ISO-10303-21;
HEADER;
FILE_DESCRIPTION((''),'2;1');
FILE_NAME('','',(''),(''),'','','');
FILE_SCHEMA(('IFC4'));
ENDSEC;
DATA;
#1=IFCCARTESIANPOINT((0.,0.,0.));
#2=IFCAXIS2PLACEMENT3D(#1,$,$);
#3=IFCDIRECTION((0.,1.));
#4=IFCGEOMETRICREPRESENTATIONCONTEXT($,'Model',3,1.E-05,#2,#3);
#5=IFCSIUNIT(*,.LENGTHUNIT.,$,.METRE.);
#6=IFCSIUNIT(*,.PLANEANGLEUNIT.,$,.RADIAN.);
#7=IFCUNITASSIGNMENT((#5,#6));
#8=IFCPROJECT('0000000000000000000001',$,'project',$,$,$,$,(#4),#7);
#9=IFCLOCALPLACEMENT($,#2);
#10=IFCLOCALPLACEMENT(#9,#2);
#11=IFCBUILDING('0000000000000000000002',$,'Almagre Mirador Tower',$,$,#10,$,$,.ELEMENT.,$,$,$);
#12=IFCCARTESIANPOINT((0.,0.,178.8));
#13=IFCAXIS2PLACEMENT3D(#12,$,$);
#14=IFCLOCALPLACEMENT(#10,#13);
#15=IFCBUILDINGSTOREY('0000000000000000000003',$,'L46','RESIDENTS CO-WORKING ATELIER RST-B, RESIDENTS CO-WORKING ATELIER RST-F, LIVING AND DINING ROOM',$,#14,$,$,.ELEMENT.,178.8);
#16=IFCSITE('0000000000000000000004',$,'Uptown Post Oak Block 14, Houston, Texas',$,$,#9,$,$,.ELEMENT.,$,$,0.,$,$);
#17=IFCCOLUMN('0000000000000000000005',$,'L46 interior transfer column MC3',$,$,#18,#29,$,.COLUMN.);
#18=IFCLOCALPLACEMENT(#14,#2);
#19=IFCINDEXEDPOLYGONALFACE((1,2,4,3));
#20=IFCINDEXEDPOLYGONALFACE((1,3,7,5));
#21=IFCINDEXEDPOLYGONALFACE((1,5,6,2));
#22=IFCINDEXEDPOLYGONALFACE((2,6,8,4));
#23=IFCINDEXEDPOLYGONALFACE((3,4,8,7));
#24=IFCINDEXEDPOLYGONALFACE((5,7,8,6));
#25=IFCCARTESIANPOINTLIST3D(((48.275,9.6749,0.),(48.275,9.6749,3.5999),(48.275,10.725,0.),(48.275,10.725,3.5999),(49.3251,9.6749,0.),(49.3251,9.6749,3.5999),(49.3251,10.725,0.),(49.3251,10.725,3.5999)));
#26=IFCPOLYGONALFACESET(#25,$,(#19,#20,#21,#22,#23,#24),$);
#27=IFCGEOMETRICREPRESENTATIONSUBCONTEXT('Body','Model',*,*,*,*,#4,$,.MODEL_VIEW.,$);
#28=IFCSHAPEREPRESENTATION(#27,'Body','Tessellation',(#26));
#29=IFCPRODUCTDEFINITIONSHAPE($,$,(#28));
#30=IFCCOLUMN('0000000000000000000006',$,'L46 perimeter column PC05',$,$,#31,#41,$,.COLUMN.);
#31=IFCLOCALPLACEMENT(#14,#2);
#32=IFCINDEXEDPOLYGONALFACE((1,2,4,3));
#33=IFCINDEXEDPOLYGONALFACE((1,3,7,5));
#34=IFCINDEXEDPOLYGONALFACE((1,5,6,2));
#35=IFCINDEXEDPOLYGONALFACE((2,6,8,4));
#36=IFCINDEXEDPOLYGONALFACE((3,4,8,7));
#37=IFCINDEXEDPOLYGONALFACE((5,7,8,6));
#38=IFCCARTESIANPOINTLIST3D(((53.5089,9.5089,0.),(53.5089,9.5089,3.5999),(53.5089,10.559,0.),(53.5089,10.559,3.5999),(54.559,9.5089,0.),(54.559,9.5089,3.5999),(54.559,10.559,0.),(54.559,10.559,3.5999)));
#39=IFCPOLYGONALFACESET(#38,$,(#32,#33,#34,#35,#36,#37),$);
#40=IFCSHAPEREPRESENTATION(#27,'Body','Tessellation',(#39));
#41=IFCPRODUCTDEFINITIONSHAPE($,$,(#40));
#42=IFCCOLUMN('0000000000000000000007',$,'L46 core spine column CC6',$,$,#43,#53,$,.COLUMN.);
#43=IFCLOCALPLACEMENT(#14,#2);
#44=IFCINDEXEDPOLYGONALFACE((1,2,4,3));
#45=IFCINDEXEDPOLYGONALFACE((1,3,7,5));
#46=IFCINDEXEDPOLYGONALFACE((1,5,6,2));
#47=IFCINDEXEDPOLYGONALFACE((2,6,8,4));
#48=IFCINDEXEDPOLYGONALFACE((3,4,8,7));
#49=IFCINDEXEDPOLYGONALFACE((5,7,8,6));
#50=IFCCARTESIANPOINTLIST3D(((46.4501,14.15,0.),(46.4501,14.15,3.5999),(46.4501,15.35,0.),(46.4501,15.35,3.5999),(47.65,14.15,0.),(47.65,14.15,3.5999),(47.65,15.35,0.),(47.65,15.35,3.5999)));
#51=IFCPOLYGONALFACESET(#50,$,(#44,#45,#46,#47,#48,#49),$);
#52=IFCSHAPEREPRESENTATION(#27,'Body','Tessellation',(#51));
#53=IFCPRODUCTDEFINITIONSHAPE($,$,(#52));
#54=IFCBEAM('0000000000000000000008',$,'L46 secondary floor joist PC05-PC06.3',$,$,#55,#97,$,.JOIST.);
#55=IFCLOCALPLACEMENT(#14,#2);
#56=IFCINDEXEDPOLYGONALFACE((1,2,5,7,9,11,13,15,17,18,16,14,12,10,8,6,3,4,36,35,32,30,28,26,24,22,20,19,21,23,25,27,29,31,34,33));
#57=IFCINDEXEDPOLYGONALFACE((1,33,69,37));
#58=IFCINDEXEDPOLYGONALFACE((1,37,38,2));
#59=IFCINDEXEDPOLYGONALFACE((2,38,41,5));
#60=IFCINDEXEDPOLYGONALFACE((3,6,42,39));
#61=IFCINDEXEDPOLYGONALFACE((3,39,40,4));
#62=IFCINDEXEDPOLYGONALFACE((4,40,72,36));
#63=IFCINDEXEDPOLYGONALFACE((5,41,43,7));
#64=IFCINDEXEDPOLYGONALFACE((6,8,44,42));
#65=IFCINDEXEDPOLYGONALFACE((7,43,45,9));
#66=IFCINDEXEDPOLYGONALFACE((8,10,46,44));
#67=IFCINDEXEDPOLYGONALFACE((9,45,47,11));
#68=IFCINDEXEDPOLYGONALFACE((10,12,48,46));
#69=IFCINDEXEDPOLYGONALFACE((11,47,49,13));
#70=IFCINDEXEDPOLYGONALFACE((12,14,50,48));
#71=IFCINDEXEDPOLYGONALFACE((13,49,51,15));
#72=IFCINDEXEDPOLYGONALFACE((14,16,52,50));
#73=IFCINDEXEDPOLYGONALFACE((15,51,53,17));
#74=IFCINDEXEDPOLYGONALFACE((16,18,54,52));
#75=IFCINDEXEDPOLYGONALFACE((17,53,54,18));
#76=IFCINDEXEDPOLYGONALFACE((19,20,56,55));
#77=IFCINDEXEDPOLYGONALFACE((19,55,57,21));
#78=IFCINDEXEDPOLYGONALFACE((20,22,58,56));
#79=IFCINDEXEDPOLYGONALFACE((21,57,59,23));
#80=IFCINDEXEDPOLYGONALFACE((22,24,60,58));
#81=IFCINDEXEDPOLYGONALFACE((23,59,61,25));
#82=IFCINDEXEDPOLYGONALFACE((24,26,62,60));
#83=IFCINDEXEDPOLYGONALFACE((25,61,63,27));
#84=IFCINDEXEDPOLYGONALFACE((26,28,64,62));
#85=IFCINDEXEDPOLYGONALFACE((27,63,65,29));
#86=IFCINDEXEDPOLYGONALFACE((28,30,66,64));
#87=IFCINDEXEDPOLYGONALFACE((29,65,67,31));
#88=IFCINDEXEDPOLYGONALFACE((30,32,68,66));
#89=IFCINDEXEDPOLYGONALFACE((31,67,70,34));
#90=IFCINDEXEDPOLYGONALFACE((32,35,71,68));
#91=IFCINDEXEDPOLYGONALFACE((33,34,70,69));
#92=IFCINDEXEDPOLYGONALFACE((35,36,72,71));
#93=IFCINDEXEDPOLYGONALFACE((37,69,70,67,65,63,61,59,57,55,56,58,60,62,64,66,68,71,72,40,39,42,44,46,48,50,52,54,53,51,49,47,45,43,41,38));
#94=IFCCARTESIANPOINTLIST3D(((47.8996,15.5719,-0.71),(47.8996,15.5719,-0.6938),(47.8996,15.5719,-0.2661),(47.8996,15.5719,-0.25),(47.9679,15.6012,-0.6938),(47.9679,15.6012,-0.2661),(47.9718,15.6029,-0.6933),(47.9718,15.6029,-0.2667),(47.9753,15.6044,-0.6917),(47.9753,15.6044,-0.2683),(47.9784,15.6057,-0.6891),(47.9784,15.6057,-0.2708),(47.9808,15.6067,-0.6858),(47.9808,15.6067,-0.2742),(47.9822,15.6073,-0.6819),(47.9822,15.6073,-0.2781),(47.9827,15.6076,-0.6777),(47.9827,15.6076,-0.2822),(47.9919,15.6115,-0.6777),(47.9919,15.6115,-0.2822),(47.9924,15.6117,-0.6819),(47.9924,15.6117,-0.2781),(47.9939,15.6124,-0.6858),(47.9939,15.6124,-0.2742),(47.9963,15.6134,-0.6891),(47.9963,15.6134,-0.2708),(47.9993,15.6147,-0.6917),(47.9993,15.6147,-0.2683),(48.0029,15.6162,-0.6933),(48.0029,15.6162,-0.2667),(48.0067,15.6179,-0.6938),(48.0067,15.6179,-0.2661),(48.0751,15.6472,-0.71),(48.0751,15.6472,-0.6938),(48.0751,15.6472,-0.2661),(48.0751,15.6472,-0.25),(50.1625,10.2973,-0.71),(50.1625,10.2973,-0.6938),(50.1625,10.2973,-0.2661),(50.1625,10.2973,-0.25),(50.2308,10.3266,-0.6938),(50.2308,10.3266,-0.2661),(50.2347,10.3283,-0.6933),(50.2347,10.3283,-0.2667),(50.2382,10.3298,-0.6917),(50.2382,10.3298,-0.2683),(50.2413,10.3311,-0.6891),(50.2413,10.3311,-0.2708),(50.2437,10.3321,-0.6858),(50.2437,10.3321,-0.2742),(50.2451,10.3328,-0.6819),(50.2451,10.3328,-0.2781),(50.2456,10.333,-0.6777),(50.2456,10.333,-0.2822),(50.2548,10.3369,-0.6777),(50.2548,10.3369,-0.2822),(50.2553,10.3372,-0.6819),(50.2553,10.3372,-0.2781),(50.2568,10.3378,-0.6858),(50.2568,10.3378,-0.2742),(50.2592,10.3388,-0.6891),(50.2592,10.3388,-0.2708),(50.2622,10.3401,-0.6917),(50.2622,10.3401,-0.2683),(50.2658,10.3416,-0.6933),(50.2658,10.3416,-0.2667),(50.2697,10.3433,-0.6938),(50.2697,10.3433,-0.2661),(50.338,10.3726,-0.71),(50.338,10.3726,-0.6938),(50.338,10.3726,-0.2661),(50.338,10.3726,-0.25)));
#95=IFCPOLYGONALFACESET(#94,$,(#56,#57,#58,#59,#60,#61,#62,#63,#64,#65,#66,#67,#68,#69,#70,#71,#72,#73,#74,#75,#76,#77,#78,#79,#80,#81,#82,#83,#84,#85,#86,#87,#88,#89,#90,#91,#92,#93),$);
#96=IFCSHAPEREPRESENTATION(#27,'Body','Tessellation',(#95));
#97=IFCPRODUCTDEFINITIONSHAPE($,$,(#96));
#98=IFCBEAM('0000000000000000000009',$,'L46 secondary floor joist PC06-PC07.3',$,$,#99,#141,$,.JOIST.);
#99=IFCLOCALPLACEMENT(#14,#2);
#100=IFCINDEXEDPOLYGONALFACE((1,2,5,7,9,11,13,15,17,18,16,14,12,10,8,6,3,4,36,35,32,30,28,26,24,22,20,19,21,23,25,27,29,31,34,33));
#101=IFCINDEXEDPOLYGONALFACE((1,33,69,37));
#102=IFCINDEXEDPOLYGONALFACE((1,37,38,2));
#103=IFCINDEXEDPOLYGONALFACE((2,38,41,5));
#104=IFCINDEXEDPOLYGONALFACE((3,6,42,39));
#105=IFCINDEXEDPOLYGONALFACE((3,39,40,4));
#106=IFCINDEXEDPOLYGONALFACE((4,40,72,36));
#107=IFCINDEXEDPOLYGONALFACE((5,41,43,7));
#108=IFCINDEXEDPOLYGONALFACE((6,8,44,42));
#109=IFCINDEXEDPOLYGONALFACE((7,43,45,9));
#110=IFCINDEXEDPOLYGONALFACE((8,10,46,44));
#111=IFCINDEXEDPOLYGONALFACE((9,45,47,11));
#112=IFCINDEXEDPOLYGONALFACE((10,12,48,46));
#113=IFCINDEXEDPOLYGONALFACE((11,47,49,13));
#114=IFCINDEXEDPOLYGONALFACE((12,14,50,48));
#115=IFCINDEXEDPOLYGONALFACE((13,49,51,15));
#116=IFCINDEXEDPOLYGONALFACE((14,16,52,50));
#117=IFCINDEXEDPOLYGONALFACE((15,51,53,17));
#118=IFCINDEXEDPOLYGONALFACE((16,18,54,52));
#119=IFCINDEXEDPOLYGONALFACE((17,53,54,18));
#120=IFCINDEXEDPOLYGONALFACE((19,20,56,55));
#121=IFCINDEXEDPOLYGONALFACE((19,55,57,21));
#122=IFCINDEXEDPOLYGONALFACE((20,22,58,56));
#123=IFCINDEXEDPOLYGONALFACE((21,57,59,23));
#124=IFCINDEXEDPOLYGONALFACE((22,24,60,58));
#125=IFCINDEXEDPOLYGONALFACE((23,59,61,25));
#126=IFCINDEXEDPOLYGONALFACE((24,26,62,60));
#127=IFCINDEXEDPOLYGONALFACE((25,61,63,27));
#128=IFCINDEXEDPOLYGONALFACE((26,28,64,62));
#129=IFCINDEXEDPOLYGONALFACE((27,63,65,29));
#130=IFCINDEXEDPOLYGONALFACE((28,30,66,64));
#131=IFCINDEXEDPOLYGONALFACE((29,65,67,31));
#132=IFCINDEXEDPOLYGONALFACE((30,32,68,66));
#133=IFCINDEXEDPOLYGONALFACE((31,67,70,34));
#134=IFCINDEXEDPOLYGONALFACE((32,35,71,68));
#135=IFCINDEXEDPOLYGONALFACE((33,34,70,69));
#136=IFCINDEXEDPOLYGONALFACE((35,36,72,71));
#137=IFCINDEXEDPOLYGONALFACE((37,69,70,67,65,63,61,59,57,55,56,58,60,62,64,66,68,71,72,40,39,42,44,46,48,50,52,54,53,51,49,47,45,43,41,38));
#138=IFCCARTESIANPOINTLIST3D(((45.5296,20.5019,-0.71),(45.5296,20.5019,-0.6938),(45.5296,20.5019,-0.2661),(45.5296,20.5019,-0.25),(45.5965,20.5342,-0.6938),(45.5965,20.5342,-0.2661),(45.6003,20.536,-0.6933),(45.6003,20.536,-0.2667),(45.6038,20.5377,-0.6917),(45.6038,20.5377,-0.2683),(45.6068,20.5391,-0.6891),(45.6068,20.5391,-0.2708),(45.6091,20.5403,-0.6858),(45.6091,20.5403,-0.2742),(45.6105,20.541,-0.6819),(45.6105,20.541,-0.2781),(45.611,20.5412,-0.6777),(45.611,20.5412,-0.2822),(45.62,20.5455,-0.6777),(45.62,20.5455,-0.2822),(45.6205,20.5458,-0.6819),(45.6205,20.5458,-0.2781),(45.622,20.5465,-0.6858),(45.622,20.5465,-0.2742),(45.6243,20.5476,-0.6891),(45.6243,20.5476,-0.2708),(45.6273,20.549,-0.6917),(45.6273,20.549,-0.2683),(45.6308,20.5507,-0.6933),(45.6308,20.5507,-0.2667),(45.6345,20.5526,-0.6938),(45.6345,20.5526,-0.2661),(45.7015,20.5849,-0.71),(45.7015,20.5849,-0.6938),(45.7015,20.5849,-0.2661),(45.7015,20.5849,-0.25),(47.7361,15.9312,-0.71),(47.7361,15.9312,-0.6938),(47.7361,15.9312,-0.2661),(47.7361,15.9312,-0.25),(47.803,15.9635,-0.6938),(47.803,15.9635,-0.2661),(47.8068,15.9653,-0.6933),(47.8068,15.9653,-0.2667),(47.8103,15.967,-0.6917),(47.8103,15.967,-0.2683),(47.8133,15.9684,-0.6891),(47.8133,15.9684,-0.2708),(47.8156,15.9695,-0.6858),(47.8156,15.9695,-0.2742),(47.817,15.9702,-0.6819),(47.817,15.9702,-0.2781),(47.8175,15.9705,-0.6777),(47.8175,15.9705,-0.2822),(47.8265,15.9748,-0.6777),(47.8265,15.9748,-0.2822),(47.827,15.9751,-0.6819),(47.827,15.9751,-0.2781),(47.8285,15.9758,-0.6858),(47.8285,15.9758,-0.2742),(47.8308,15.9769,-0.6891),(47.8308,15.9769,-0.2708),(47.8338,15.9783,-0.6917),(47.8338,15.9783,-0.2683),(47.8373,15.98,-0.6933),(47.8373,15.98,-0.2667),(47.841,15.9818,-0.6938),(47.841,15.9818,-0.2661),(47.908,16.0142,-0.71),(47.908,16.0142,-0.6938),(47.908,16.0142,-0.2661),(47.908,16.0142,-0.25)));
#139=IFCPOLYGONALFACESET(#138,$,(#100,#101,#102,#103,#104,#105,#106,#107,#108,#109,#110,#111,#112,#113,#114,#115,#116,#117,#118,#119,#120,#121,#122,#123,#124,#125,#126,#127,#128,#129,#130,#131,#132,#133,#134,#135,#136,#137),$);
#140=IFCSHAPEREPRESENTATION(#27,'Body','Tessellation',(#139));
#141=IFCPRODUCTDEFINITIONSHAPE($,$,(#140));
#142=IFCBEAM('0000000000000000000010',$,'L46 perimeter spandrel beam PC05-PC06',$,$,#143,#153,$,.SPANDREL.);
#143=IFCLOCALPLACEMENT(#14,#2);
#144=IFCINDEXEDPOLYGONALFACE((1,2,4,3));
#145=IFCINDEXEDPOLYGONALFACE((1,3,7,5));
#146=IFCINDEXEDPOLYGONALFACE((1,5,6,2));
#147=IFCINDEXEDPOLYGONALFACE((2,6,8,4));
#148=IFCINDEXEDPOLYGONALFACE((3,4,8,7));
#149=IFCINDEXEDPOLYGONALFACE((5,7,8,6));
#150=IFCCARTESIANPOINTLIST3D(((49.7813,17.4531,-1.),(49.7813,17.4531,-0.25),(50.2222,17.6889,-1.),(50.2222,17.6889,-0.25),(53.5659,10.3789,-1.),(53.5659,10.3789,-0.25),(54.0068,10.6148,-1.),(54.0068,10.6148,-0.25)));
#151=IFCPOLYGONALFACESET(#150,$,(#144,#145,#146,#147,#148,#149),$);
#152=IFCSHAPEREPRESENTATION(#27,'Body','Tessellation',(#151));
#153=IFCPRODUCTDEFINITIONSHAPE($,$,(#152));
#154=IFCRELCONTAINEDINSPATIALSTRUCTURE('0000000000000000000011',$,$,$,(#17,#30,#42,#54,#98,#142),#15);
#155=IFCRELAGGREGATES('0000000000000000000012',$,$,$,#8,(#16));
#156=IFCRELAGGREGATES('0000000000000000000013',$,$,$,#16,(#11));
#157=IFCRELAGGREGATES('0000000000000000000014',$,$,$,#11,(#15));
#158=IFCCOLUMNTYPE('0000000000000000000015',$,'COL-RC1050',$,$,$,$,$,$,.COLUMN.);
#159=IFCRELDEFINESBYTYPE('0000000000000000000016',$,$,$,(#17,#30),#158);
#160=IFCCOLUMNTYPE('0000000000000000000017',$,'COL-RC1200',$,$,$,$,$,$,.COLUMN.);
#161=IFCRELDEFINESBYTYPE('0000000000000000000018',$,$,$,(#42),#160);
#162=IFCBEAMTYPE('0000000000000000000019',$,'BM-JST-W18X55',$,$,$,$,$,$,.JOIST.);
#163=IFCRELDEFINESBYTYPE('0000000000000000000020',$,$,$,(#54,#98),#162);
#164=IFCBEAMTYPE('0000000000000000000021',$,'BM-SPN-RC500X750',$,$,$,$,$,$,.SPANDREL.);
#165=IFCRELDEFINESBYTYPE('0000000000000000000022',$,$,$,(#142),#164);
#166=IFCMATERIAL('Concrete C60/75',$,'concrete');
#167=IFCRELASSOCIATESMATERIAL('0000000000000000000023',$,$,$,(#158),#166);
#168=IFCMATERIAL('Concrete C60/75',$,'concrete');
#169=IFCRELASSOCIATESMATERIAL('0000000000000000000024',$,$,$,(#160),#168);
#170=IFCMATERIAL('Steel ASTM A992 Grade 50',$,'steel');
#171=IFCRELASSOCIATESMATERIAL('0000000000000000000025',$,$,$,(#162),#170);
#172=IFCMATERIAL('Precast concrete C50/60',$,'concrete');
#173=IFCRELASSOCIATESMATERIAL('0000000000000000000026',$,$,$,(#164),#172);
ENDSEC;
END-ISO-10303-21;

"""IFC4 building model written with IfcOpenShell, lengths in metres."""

from ifc_helpers import new_model, si_unit, direction, frame, origin, origin_2d, place, context, subcontext, project, spatial, rectangle, i_section, extrude, material, material_profile, profile_set, type_object, element, save


model = new_model("IFC4")

# Units and contexts
model_context = context("Model", 3, precision=1e-05, world=origin(), true_north=direction((0.0, 1.0)))
body_context = subcontext(model_context, "Body", "Model", "MODEL_VIEW")
ifc_project = project(units=[si_unit("LENGTHUNIT", "METRE"), si_unit("PLANEANGLEUNIT", "RADIAN")], contexts=[model_context])

# Site, building, storey
site_placement = place(None, origin())
site = spatial("IfcSite", under=ifc_project, at=site_placement, Name="Uptown Post Oak Block 14, Houston, Texas", CompositionType="ELEMENT", RefElevation=0.0)
building_placement = place(site_placement, origin())
building = spatial("IfcBuilding", under=site, at=building_placement, Name="Almagre Mirador Tower", CompositionType="ELEMENT")
storey_placement = place(building_placement, frame((0.0, 0.0, 178.8)))
storey = spatial("IfcBuildingStorey", under=building, at=storey_placement, Name="L46", Description="RESIDENTS CO-WORKING ATELIER RST-B, RESIDENTS CO-WORKING ATELIER RST-F, LIVING AND DINING ROOM", CompositionType="ELEMENT", Elevation=178.8)

# Columns
ifc_material_1 = material(Name="Concrete C60/75", Category="concrete")
ifc_material_profile_1 = material_profile(ifc_material_1, rectangle(XDim=1.05, YDim=1.05, at=origin_2d()), Name="RC1050X1050")
ifc_profile_set_1 = profile_set([ifc_material_profile_1], Name="Concrete C60/75")
column_type_1 = type_object("IfcColumnType", Name="COL-RC1050", PredefinedType="COLUMN", material=ifc_profile_set_1)
for number, where, z_axis, x_axis, name in (
    (1, (48.8, 10.2, 0.0), (0.0, 0.0, 1.0), (1.0, 0.0, 0.0), "L46 interior transfer column MC3"),
    (2, (54.0339, 10.0339, 0.0), (0.0, 0.0, 1.0), (1.0, 0.0, 0.0), "L46 perimeter column PC05"),
):
    element("IfcColumn", number, at=place(storey_placement, frame(where, z_axis=z_axis, x_axis=x_axis)), inside=storey, type_object=column_type_1, Name=name, PredefinedType="COLUMN", context=body_context, shape_type="SweptSolid", body=[
        extrude(rectangle(XDim=1.05, YDim=1.05, at=origin_2d()), origin(), (0.0, 0.0, 1.0), 3.5999),
    ])
ifc_material_2 = material(Name="Concrete C60/75", Category="concrete")
ifc_material_profile_2 = material_profile(ifc_material_2, rectangle(XDim=1.2, YDim=1.2, at=origin_2d()), Name="RC1200X1200")
ifc_profile_set_2 = profile_set([ifc_material_profile_2], Name="Concrete C60/75")
column_type_2 = type_object("IfcColumnType", Name="COL-RC1200", PredefinedType="COLUMN", material=ifc_profile_set_2)
column_placement = place(storey_placement, frame((47.05, 14.75, 0.0), z_axis=(0.0, 0.0, 1.0), x_axis=(1.0, 0.0, 0.0)))
element("IfcColumn", 3, at=column_placement, inside=storey, type_object=column_type_2, Name="L46 core spine column CC6", PredefinedType="COLUMN", context=body_context, shape_type="SweptSolid", body=[
    extrude(rectangle(XDim=1.2, YDim=1.2, at=origin_2d()), origin(), (0.0, 0.0, 1.0), 3.5999),
])

# Beams
ifc_material_3 = material(Name="Steel ASTM A992 Grade 50", Category="steel")
ifc_material_profile_3 = material_profile(ifc_material_3, i_section(OverallWidth=0.1909, OverallDepth=0.46, WebThickness=0.01, FlangeThickness=0.0161, FilletRadius=0.0161, at=origin_2d()), Name="W18X55")
ifc_profile_set_3 = profile_set([ifc_material_profile_3], Name="Steel ASTM A992 Grade 50")
beam_type_1 = type_object("IfcBeamType", Name="BM-JST-W18X55", PredefinedType="JOIST", material=ifc_profile_set_3)
beam_1_placement = place(storey_placement, frame((50.2502, 10.335, -0.48), z_axis=(-0.394268, 0.918995, 0.0), x_axis=(-0.918995, -0.394268, 0.0)))
element("IfcBeam", 4, at=beam_1_placement, inside=storey, type_object=beam_type_1, Name="L46 secondary floor joist PC05-PC06.3", PredefinedType="JOIST", context=body_context, shape_type="SweptSolid", body=[
    extrude(i_section(OverallWidth=0.1909, OverallDepth=0.46, WebThickness=0.01, FlangeThickness=0.0161, FilletRadius=0.0161, at=origin_2d()), origin(), (0.0, 0.0, 1.0), 5.7395),
])
beam_2_placement = place(storey_placement, frame((47.822, 15.9727, -0.48), z_axis=(-0.434741, 0.900556, 0.0), x_axis=(-0.900556, -0.434741, 0.0)))
element("IfcBeam", 5, at=beam_2_placement, inside=storey, type_object=beam_type_1, Name="L46 secondary floor joist PC06-PC07.3", PredefinedType="JOIST", context=body_context, shape_type="SweptSolid", body=[
    extrude(i_section(OverallWidth=0.1909, OverallDepth=0.46, WebThickness=0.01, FlangeThickness=0.0161, FilletRadius=0.0161, at=origin_2d()), origin(), (0.0, 0.0, 1.0), 5.0754),
])
ifc_material_4 = material(Name="Precast concrete C50/60", Category="concrete")
ifc_material_profile_4 = material_profile(ifc_material_4, rectangle(XDim=0.5, YDim=0.75, at=origin_2d()), Name="RC500X750")
ifc_profile_set_4 = profile_set([ifc_material_profile_4], Name="Precast concrete C50/60")
beam_type_2 = type_object("IfcBeamType", Name="BM-SPN-RC500X750", PredefinedType="SPANDREL", material=ifc_profile_set_4)
beam_3_placement = place(storey_placement, frame((53.7864, 10.4968, -0.625), z_axis=(-0.471728, 0.881744, 0.0), x_axis=(-0.881744, -0.471728, 0.0)))
element("IfcBeam", 6, at=beam_3_placement, inside=storey, type_object=beam_type_2, Name="L46 perimeter spandrel beam PC05-PC06", PredefinedType="SPANDREL", context=body_context, shape_type="SweptSolid", body=[
    extrude(rectangle(XDim=0.5, YDim=0.75, at=origin_2d()), origin(), (0.0, 0.0, 1.0), 8.0229),
])

save(model, "model.ifc")
